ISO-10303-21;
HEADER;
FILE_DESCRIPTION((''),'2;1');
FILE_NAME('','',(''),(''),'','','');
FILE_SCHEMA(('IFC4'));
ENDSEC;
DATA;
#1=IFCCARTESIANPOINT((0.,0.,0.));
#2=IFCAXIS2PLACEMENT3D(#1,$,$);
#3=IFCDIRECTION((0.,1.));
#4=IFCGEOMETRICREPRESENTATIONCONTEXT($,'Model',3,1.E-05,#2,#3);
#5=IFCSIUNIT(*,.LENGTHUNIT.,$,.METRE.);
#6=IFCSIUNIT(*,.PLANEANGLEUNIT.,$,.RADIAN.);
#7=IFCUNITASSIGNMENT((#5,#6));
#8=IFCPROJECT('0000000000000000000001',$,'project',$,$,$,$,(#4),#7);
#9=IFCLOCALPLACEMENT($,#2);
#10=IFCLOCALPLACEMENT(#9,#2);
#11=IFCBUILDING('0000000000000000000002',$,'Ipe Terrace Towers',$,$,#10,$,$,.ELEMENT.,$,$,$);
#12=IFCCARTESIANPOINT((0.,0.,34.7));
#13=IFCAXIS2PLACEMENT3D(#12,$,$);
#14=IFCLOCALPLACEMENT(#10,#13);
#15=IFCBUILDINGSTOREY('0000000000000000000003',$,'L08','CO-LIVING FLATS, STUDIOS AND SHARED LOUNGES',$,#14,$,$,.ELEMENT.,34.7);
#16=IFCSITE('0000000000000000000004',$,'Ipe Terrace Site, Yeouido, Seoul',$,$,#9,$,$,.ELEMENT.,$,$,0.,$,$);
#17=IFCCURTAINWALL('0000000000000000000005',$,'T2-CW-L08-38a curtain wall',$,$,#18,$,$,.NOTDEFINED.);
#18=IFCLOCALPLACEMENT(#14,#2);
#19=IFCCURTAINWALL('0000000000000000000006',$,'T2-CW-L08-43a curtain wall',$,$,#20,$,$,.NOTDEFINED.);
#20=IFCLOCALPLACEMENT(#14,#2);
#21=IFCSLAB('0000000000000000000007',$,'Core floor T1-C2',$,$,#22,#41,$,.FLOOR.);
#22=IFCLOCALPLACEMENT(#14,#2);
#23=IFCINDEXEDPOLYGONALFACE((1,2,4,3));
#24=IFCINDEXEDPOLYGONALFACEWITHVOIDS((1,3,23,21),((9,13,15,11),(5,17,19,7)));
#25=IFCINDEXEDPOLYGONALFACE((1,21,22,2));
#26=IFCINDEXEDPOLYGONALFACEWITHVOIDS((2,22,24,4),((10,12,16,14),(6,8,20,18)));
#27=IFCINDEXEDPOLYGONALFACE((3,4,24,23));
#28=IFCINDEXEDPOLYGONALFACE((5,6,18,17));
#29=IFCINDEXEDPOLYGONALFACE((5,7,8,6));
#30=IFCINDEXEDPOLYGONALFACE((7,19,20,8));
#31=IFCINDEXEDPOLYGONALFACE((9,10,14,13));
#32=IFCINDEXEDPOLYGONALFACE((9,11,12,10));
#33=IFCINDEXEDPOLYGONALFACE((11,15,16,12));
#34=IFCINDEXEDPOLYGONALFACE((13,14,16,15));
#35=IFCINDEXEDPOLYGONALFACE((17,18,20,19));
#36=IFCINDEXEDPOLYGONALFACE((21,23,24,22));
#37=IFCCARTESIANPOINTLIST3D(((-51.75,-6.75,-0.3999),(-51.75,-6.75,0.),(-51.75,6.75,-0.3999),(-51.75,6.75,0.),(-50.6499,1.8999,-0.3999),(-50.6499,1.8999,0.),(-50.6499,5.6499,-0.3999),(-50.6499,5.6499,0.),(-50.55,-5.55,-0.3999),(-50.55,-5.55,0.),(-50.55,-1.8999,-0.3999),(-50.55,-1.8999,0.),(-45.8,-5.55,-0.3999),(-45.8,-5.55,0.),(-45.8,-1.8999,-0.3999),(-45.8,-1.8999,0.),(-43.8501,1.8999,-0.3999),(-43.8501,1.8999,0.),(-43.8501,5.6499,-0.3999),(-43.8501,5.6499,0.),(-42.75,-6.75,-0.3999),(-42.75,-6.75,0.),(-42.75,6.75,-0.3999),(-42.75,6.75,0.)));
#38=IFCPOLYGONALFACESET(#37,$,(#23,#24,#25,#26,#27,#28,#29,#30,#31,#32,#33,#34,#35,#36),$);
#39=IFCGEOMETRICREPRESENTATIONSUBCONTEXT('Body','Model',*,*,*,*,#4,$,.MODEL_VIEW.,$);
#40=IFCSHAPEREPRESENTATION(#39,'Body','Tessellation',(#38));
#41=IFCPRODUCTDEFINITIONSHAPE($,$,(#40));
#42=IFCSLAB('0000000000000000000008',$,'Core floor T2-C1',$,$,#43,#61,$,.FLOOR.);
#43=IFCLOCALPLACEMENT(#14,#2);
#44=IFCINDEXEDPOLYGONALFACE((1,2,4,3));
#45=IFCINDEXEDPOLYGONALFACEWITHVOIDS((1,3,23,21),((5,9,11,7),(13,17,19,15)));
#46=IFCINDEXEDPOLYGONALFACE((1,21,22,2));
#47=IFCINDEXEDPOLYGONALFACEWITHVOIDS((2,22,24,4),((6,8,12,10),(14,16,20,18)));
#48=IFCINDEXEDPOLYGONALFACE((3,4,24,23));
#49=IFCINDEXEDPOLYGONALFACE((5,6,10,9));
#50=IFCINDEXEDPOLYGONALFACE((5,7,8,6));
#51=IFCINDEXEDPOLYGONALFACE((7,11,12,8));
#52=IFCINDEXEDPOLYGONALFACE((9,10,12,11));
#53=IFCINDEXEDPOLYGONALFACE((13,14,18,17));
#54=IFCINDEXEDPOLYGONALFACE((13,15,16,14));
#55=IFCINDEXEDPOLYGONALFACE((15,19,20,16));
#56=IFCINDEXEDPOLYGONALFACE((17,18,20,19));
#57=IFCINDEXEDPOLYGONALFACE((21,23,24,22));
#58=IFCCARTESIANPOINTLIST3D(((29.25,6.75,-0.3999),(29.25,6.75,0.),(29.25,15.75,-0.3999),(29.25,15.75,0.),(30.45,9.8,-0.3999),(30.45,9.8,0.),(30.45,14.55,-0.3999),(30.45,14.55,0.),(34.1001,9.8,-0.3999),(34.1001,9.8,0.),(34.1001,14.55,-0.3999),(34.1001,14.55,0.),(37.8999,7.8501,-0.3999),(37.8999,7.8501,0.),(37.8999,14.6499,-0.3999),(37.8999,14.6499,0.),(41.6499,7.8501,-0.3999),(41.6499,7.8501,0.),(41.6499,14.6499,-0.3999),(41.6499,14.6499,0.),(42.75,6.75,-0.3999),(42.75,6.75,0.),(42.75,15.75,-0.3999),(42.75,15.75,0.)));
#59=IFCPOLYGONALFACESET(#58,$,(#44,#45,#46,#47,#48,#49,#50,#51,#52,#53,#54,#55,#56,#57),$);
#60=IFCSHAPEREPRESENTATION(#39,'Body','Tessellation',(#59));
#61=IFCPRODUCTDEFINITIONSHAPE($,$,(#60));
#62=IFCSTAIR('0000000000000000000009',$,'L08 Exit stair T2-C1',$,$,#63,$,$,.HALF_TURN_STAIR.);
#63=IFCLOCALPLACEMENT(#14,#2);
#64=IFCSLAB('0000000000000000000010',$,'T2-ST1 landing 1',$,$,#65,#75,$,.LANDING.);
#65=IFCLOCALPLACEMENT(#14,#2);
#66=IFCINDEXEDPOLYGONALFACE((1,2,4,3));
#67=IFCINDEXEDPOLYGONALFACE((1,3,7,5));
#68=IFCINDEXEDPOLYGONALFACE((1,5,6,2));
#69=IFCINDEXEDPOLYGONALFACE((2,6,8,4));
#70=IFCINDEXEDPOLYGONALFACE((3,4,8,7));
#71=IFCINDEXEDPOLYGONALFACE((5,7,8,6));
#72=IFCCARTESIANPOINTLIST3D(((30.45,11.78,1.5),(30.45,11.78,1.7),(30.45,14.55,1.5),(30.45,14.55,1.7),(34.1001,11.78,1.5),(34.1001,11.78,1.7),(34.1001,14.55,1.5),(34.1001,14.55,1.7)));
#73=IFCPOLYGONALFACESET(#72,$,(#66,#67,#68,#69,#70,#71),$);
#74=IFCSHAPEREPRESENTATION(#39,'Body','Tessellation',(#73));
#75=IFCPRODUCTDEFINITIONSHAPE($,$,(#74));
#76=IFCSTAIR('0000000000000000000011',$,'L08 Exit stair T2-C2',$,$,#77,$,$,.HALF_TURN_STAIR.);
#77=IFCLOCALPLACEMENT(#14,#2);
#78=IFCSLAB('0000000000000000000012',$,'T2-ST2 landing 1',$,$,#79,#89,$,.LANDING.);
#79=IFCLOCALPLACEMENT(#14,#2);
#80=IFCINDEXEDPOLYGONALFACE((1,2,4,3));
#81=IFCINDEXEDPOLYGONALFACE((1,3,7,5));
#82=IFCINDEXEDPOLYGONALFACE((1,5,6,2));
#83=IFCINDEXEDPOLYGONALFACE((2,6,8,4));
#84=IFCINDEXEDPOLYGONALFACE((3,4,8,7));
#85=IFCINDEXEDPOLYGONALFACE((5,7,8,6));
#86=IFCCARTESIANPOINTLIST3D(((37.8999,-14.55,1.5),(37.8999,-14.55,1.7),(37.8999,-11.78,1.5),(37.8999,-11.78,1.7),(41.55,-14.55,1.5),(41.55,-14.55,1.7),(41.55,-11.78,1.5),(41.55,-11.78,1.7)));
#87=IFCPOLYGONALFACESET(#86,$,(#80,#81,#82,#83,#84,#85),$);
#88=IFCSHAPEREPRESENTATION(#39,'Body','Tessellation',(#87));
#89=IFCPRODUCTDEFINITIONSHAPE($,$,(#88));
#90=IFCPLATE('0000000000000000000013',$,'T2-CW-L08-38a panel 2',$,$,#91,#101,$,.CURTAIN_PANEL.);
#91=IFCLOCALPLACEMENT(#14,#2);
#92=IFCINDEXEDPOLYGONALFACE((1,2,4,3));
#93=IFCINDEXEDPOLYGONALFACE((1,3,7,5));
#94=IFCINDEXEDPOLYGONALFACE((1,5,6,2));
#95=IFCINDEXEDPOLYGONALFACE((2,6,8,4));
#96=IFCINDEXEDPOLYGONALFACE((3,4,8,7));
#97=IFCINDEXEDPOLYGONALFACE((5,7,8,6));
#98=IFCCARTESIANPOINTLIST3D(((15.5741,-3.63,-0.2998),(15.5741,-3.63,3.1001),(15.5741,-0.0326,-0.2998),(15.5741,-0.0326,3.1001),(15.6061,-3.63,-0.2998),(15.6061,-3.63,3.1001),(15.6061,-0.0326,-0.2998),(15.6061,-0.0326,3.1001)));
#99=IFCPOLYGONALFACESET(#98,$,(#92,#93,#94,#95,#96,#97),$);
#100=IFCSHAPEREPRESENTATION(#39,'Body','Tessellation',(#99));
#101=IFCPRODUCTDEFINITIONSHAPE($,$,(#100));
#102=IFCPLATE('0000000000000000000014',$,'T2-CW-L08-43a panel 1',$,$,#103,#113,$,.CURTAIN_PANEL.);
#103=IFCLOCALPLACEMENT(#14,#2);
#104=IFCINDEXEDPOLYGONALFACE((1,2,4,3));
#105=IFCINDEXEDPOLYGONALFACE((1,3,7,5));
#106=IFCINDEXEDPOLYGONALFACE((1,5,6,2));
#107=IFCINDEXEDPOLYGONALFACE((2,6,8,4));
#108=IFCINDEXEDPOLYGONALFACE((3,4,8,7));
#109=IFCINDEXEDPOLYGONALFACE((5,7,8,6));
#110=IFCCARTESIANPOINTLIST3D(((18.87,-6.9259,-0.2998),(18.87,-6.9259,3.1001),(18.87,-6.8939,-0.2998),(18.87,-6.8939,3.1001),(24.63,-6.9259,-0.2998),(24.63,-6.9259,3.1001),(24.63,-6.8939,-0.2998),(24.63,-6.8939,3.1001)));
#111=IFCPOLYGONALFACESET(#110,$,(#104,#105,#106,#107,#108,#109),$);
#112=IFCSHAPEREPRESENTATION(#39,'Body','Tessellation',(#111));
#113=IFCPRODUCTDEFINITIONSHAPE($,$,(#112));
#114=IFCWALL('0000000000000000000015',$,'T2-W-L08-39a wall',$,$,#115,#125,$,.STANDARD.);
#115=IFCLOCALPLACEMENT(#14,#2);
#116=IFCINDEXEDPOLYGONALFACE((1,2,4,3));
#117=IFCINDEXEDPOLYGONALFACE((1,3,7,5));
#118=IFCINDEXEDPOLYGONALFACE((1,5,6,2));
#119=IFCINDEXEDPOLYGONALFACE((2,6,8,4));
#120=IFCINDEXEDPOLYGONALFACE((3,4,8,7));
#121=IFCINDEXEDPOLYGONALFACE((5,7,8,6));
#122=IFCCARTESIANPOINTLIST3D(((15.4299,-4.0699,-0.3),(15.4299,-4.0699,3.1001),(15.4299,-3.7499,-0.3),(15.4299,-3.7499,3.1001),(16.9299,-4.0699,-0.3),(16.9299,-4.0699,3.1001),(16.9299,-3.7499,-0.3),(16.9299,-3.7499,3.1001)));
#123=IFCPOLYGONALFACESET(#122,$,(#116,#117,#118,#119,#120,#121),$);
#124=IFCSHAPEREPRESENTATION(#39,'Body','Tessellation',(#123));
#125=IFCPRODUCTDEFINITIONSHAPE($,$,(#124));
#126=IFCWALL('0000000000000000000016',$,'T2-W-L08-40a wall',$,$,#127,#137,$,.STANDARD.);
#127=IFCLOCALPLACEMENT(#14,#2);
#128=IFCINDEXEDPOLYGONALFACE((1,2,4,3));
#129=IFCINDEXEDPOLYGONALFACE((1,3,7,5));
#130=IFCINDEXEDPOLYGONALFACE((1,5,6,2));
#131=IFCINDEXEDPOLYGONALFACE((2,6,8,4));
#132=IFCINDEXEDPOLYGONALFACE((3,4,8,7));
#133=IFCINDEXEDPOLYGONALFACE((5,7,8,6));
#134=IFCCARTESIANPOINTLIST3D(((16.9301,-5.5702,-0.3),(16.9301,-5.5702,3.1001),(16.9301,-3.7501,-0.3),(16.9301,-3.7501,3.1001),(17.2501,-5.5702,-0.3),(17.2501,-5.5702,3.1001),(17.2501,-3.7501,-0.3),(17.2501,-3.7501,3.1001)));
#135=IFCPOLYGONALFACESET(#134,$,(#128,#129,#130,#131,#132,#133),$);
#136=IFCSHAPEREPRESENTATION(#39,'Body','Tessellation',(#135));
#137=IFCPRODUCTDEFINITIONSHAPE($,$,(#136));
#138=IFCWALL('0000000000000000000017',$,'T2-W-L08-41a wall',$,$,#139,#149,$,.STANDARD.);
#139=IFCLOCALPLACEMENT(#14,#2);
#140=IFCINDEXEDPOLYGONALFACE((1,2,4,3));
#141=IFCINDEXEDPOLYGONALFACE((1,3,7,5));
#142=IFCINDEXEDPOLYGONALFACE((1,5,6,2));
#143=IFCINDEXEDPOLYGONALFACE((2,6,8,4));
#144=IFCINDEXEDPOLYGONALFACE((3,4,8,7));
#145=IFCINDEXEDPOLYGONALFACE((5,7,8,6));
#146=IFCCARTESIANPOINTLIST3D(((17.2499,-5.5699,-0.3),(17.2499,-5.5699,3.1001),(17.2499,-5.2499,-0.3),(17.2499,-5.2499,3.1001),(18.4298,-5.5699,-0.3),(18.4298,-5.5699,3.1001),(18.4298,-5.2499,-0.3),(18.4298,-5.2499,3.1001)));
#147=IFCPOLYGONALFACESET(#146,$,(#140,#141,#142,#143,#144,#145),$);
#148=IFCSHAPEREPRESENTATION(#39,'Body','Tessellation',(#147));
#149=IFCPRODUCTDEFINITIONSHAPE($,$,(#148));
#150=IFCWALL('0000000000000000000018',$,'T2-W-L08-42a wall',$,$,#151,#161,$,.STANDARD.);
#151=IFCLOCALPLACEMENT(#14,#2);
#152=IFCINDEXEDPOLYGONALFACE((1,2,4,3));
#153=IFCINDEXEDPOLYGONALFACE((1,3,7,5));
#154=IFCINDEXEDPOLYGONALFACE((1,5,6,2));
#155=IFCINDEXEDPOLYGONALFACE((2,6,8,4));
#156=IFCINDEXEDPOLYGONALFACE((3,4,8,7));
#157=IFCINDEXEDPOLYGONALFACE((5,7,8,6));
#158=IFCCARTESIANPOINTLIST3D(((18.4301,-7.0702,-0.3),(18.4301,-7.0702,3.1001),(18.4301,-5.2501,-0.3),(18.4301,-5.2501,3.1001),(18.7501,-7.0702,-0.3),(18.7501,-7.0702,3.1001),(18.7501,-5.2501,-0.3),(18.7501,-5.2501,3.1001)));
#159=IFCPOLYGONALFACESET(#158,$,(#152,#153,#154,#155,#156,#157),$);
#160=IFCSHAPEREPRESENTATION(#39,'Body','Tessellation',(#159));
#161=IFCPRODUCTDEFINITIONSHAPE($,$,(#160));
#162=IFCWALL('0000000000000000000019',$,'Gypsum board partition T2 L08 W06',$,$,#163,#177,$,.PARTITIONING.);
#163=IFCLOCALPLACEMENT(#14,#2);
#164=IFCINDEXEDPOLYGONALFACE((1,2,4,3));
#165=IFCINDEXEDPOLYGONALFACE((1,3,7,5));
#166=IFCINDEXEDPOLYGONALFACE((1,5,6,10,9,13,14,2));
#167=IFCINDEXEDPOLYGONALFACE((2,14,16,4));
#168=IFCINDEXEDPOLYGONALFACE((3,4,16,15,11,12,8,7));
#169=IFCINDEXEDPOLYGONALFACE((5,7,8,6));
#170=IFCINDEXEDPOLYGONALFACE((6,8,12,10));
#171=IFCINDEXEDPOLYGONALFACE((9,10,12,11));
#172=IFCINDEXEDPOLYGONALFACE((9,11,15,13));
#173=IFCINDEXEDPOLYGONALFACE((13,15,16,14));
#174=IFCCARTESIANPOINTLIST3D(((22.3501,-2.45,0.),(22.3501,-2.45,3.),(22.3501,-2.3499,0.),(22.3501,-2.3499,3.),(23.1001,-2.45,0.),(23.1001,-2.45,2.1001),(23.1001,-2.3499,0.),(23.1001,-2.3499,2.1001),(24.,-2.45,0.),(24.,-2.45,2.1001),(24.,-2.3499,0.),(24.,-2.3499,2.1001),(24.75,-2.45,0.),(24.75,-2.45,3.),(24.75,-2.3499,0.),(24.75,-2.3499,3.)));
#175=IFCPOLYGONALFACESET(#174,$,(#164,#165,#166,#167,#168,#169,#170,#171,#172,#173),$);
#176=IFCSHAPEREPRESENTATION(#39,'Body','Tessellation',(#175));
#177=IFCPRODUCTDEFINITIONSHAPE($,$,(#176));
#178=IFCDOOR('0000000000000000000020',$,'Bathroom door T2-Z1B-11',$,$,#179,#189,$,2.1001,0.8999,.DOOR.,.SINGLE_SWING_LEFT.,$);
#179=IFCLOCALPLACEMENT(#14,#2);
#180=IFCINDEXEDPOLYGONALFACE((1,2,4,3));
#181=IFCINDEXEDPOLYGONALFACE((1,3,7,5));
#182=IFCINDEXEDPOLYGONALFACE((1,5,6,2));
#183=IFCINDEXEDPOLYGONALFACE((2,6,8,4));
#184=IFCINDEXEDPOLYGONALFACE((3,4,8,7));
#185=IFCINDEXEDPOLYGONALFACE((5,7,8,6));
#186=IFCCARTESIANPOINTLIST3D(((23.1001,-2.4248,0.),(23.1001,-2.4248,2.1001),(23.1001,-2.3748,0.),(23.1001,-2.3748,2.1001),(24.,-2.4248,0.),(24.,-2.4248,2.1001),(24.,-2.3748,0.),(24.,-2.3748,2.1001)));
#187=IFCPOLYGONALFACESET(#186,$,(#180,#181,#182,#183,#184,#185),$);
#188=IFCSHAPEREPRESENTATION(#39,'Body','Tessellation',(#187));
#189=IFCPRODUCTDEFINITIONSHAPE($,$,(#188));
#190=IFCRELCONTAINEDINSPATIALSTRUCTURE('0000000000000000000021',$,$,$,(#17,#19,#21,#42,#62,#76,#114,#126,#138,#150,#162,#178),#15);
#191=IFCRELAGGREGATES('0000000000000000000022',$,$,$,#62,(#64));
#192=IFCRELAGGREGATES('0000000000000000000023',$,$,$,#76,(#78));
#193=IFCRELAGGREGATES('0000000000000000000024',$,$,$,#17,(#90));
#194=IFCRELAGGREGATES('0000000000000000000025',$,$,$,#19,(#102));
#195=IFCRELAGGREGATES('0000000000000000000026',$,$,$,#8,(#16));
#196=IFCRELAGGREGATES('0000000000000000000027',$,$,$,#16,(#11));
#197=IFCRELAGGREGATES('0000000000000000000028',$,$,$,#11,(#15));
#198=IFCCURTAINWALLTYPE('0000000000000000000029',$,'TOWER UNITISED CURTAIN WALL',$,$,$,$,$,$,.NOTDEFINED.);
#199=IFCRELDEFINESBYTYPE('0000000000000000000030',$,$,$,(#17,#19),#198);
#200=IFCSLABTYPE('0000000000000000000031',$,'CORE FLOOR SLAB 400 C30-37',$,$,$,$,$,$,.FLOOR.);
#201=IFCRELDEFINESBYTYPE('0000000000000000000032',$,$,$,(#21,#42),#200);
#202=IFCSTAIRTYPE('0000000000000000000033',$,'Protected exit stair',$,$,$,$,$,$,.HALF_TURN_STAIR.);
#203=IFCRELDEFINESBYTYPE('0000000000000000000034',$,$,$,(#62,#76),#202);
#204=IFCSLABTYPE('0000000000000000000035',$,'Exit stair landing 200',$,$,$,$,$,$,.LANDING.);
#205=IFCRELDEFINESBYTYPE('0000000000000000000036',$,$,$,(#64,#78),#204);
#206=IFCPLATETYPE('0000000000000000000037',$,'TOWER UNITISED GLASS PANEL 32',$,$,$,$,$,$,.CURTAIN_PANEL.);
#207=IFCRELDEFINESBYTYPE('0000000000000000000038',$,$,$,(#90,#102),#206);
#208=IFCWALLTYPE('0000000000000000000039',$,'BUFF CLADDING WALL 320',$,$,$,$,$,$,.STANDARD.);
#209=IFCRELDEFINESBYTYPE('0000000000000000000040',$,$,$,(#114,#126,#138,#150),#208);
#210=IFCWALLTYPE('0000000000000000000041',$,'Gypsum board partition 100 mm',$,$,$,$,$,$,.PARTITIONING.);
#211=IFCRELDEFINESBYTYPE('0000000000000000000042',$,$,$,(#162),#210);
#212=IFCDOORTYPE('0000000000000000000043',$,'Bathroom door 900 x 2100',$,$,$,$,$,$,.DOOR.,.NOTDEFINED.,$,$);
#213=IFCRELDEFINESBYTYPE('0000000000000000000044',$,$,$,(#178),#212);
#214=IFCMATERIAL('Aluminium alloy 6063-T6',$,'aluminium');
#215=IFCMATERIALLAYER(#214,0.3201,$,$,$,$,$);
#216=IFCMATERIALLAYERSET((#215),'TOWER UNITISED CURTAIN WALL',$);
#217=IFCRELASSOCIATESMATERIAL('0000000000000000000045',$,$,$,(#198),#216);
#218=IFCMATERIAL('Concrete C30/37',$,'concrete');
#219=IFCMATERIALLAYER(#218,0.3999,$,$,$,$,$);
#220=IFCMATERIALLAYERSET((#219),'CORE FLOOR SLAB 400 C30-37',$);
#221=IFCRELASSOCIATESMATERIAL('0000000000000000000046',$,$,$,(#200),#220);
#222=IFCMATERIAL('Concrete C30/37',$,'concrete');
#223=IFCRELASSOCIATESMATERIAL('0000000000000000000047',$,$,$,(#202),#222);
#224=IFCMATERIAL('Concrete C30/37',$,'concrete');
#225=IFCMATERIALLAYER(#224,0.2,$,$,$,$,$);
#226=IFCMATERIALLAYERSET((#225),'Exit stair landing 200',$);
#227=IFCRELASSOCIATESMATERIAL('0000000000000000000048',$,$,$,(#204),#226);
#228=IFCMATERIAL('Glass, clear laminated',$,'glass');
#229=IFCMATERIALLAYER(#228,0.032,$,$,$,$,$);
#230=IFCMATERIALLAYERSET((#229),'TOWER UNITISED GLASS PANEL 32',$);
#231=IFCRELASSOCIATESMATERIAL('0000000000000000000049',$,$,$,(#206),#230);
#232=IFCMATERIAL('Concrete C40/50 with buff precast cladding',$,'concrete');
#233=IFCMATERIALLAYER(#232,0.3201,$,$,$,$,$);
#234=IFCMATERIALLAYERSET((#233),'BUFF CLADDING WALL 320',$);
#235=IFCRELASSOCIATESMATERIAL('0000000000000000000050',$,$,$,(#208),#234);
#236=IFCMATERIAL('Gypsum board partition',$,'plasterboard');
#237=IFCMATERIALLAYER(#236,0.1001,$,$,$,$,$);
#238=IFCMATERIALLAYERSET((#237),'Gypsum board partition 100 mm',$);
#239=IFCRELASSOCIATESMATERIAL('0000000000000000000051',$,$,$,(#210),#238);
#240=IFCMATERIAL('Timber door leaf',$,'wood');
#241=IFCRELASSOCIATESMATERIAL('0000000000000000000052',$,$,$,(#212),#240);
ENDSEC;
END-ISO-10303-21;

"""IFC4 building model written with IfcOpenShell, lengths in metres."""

from ifc_helpers import new_model, si_unit, direction, frame, frame_2d, origin, origin_2d, place, context, subcontext, project, spatial, polyline, rectangle, outline, extrude, material, layer, layer_set, type_object, element, fill, aggregate, save


model = new_model("IFC4")

# Units and contexts
model_context = context("Model", 3, precision=1e-05, world=origin(), true_north=direction((0.0, 1.0)))
body_context = subcontext(model_context, "Body", "Model", "MODEL_VIEW")
ifc_project = project(units=[si_unit("LENGTHUNIT", "METRE"), si_unit("PLANEANGLEUNIT", "RADIAN")], contexts=[model_context])

# Site, building, storey
site_placement = place(None, origin())
site = spatial("IfcSite", under=ifc_project, at=site_placement, Name="Ipe Terrace Site, Yeouido, Seoul", CompositionType="ELEMENT", RefElevation=0.0)
building_placement = place(site_placement, origin())
building = spatial("IfcBuilding", under=site, at=building_placement, Name="Ipe Terrace Towers", CompositionType="ELEMENT")
storey_placement = place(building_placement, frame((0.0, 0.0, 34.7)))
storey = spatial("IfcBuildingStorey", under=building, at=storey_placement, Name="L08", Description="CO-LIVING FLATS, STUDIOS AND SHARED LOUNGES", CompositionType="ELEMENT", Elevation=34.7)

# Curtain wall
ifc_material_1 = material(Name="Aluminium alloy 6063-T6", Category="aluminium")
ifc_layer_1 = layer(ifc_material_1, 0.3201)
ifc_layer_set_1 = layer_set([ifc_layer_1], Name="TOWER UNITISED CURTAIN WALL")
curtain_wall_type = type_object("IfcCurtainWallType", Name="TOWER UNITISED CURTAIN WALL", PredefinedType="NOTDEFINED", material=ifc_layer_set_1)
curtain_wall_1_placement = place(storey_placement, origin())
curtain_wall_1 = element("IfcCurtainWall", 1, at=curtain_wall_1_placement, inside=storey, type_object=curtain_wall_type, Name="T2-CW-L08-38a curtain wall", PredefinedType="NOTDEFINED")

# Curtain wall
curtain_wall_2_placement = place(storey_placement, origin())
curtain_wall_2 = element("IfcCurtainWall", 2, at=curtain_wall_2_placement, inside=storey, type_object=curtain_wall_type, Name="T2-CW-L08-43a curtain wall", PredefinedType="NOTDEFINED")

# Slabs
ifc_material_2 = material(Name="Concrete C30/37", Category="concrete")
ifc_layer_2 = layer(ifc_material_2, 0.3999)
ifc_layer_set_2 = layer_set([ifc_layer_2], Name="CORE FLOOR SLAB 400 C30-37")
slab_type_1 = type_object("IfcSlabType", Name="CORE FLOOR SLAB 400 C30-37", PredefinedType="FLOOR", material=ifc_layer_set_2)
slab_1_placement = place(storey_placement, frame((0.0, 0.0, -0.3999)))
element("IfcSlab", 3, at=slab_1_placement, inside=storey, type_object=slab_type_1, Name="Core floor T1-C2", PredefinedType="FLOOR", context=body_context, shape_type="SweptSolid", body=[
    extrude(outline(polyline([(-51.75, -6.75), (-51.75, 6.75), (-42.75, 6.75), (-42.75, -6.75), (-51.75, -6.75)]), holes=[polyline([(-45.8, -5.55), (-45.8, -1.8999), (-50.55, -1.8999), (-50.55, -5.55), (-45.8, -5.55)]), polyline([(-50.6499, 1.8999), (-43.8501, 1.8999), (-43.8501, 5.6499), (-50.6499, 5.6499), (-50.6499, 1.8999)])]), origin(), (0.0, 0.0, 1.0), 0.3999),
])
slab_2_placement = place(storey_placement, frame((0.0, 0.0, -0.3999)))
element("IfcSlab", 4, at=slab_2_placement, inside=storey, type_object=slab_type_1, Name="Core floor T2-C1", PredefinedType="FLOOR", context=body_context, shape_type="SweptSolid", body=[
    extrude(outline(polyline([(29.25, 6.75), (29.25, 15.75), (42.75, 15.75), (42.75, 6.75), (29.25, 6.75)]), holes=[polyline([(41.6499, 7.8501), (41.6499, 14.6499), (37.8999, 14.6499), (37.8999, 7.8501), (41.6499, 7.8501)]), polyline([(30.45, 9.8), (34.1001, 9.8), (34.1001, 14.55), (30.45, 14.55), (30.45, 9.8)])]), origin(), (0.0, 0.0, 1.0), 0.3999),
])

# Stairs, slabs
ifc_material_3 = material(Name="Concrete C30/37", Category="concrete")
stair_type = type_object("IfcStairType", Name="Protected exit stair", PredefinedType="HALF_TURN_STAIR", material=ifc_material_3)
stair_1_placement = place(storey_placement, origin())
stair_1 = element("IfcStair", 5, at=stair_1_placement, inside=storey, type_object=stair_type, Name="L08 Exit stair T2-C1", PredefinedType="HALF_TURN_STAIR")
ifc_material_4 = material(Name="Concrete C30/37", Category="concrete")
ifc_layer_3 = layer(ifc_material_4, 0.2)
ifc_layer_set_3 = layer_set([ifc_layer_3], Name="Exit stair landing 200")
slab_type_2 = type_object("IfcSlabType", Name="Exit stair landing 200", PredefinedType="LANDING", material=ifc_layer_set_3)
slab_3_placement = place(storey_placement, frame((0.0, 0.0, 1.5)))
slab_3 = element("IfcSlab", 6, at=slab_3_placement, type_object=slab_type_2, Name="T2-ST1 landing 1", PredefinedType="LANDING", context=body_context, shape_type="SweptSolid", body=[
    extrude(outline(polyline([(34.1001, 11.78), (34.1001, 14.55), (30.45, 14.55), (30.45, 11.78), (34.1001, 11.78)])), origin(), (0.0, 0.0, 1.0), 0.2),
])
aggregate(stair_1, [slab_3])
stair_2_placement = place(storey_placement, origin())
stair_2 = element("IfcStair", 7, at=stair_2_placement, inside=storey, type_object=stair_type, Name="L08 Exit stair T2-C2", PredefinedType="HALF_TURN_STAIR")
slab_4_placement = place(storey_placement, frame((0.0, 0.0, 1.5)))
slab_4 = element("IfcSlab", 8, at=slab_4_placement, type_object=slab_type_2, Name="T2-ST2 landing 1", PredefinedType="LANDING", context=body_context, shape_type="SweptSolid", body=[
    extrude(outline(polyline([(37.8999, -11.78), (37.8999, -14.55), (41.55, -14.55), (41.55, -11.78), (37.8999, -11.78)])), origin(), (0.0, 0.0, 1.0), 0.2),
])
aggregate(stair_2, [slab_4])

# Plates
ifc_material_5 = material(Name="Glass, clear laminated", Category="glass")
ifc_layer_4 = layer(ifc_material_5, 0.032)
ifc_layer_set_4 = layer_set([ifc_layer_4], Name="TOWER UNITISED GLASS PANEL 32")
plate_type = type_object("IfcPlateType", Name="TOWER UNITISED GLASS PANEL 32", PredefinedType="CURTAIN_PANEL", material=ifc_layer_set_4)
plate_1_placement = place(storey_placement, frame((15.5901, -1.8313, -0.2998), z_axis=(0.0, 0.0, 1.0), x_axis=(0.0, -1.0, 0.0)))
plate_1 = element("IfcPlate", 9, at=plate_1_placement, type_object=plate_type, Name="T2-CW-L08-38a panel 2", PredefinedType="CURTAIN_PANEL", context=body_context, shape_type="SweptSolid", body=[
    extrude(rectangle(XDim=3.5974, YDim=0.032, at=origin_2d()), origin(), (0.0, 0.0, 1.0), 3.3999),
])
aggregate(curtain_wall_1, [plate_1])
plate_2_placement = place(storey_placement, frame((21.75, -6.9099, -0.2998), z_axis=(0.0, 0.0, 1.0), x_axis=(1.0, 0.0, 0.0)))
plate_2 = element("IfcPlate", 10, at=plate_2_placement, type_object=plate_type, Name="T2-CW-L08-43a panel 1", PredefinedType="CURTAIN_PANEL", context=body_context, shape_type="SweptSolid", body=[
    extrude(rectangle(XDim=5.76, YDim=0.032, at=origin_2d()), origin(), (0.0, 0.0, 1.0), 3.3999),
])
aggregate(curtain_wall_2, [plate_2])

# Walls
ifc_material_6 = material(Name="Concrete C40/50 with buff precast cladding", Category="concrete")
ifc_layer_5 = layer(ifc_material_6, 0.3201)
ifc_layer_set_5 = layer_set([ifc_layer_5], Name="BUFF CLADDING WALL 320")
wall_type_1 = type_object("IfcWallType", Name="BUFF CLADDING WALL 320", PredefinedType="STANDARD", material=ifc_layer_set_5)
wall_1_placement = place(storey_placement, frame((15.4299, -3.9099, -0.3), z_axis=(0.0, 0.0, 1.0), x_axis=(1.0, 0.0, 0.0)))
element("IfcWall", 11, at=wall_1_placement, inside=storey, type_object=wall_type_1, Name="T2-W-L08-39a wall", PredefinedType="STANDARD", context=body_context, shape_type="SweptSolid", body=[
    extrude(rectangle(XDim=1.5, YDim=0.3201, at=frame_2d((0.75, 0.0))), origin(), (0.0, 0.0, 1.0), 3.4001),
])
wall_2_placement = place(storey_placement, frame((17.0901, -3.75, -0.3), z_axis=(0.0, 0.0, 1.0), x_axis=(0.0, -1.0, 0.0)))
element("IfcWall", 12, at=wall_2_placement, inside=storey, type_object=wall_type_1, Name="T2-W-L08-40a wall", PredefinedType="STANDARD", context=body_context, shape_type="SweptSolid", body=[
    extrude(rectangle(XDim=1.8201, YDim=0.3201, at=frame_2d((0.9102, 0.0))), origin(), (0.0, 0.0, 1.0), 3.4001),
])
wall_3_placement = place(storey_placement, frame((17.25, -5.4099, -0.3), z_axis=(0.0, 0.0, 1.0), x_axis=(1.0, 0.0, 0.0)))
element("IfcWall", 13, at=wall_3_placement, inside=storey, type_object=wall_type_1, Name="T2-W-L08-41a wall", PredefinedType="STANDARD", context=body_context, shape_type="SweptSolid", body=[
    extrude(rectangle(XDim=1.1799, YDim=0.3201, at=frame_2d((0.5898, 0.0))), origin(), (0.0, 0.0, 1.0), 3.4001),
])
wall_4_placement = place(storey_placement, frame((18.5901, -5.25, -0.3), z_axis=(0.0, 0.0, 1.0), x_axis=(0.0, -1.0, 0.0)))
element("IfcWall", 14, at=wall_4_placement, inside=storey, type_object=wall_type_1, Name="T2-W-L08-42a wall", PredefinedType="STANDARD", context=body_context, shape_type="SweptSolid", body=[
    extrude(rectangle(XDim=1.8201, YDim=0.3201, at=frame_2d((0.9102, 0.0))), origin(), (0.0, 0.0, 1.0), 3.4001),
])

# Wall, opening, door
ifc_material_7 = material(Name="Gypsum board partition", Category="plasterboard")
ifc_layer_6 = layer(ifc_material_7, 0.1001)
ifc_layer_set_6 = layer_set([ifc_layer_6], Name="Gypsum board partition 100 mm")
wall_type_2 = type_object("IfcWallType", Name="Gypsum board partition 100 mm", PredefinedType="PARTITIONING", material=ifc_layer_set_6)
wall_5_placement = place(storey_placement, frame((24.75, -2.3999, 0.0), z_axis=(0.0, 0.0, 1.0), x_axis=(-1.0, 0.0, 0.0)))
wall_5 = element("IfcWall", 15, at=wall_5_placement, inside=storey, type_object=wall_type_2, Name="Gypsum board partition T2 L08 W06", PredefinedType="PARTITIONING", context=body_context, shape_type="SweptSolid", body=[
    extrude(rectangle(XDim=2.3999, YDim=0.1001, at=frame_2d((1.2, 0.0))), origin(), (0.0, 0.0, 1.0), 3.0),
])
opening_1_placement = place(wall_5_placement, frame((0.75, 0.0, 0.0)))
opening_1 = element("IfcOpeningElement", 16, at=opening_1_placement, cuts=wall_5, PredefinedType="OPENING", context=body_context, shape_type="SweptSolid", body=[
    extrude(rectangle(XDim=0.8999, YDim=2.1001, at=frame_2d((0.45, 1.05))), frame((0.0, 0.0601, 0.0), z_axis=(0.0, -1.0, 0.0), x_axis=(1.0, 0.0, 0.0)), (0.0, 0.0, 1.0), 0.1201),
])
ifc_material_8 = material(Name="Timber door leaf", Category="wood")
door_type_1 = type_object("IfcDoorType", Name="Bathroom door 900 x 2100", OperationType="NOTDEFINED", PredefinedType="DOOR", material=ifc_material_8)
door_1_placement = place(opening_1_placement, origin())
door_1 = element("IfcDoor", 17, at=door_1_placement, inside=storey, type_object=door_type_1, Name="Bathroom door T2-Z1B-11", OperationType="SINGLE_SWING_LEFT", OverallHeight=2.1001, OverallWidth=0.8999, PredefinedType="DOOR", context=body_context, shape_type="SweptSolid", body=[
    extrude(rectangle(XDim=0.8999, YDim=2.1001, at=frame_2d((0.45, 1.05))), frame((0.0, 0.0249, 0.0), z_axis=(0.0, -1.0, 0.0), x_axis=(1.0, 0.0, 0.0)), (0.0, 0.0, 1.0), 0.05),
])
fill(opening_1, door_1)

save(model, "model.ifc")
